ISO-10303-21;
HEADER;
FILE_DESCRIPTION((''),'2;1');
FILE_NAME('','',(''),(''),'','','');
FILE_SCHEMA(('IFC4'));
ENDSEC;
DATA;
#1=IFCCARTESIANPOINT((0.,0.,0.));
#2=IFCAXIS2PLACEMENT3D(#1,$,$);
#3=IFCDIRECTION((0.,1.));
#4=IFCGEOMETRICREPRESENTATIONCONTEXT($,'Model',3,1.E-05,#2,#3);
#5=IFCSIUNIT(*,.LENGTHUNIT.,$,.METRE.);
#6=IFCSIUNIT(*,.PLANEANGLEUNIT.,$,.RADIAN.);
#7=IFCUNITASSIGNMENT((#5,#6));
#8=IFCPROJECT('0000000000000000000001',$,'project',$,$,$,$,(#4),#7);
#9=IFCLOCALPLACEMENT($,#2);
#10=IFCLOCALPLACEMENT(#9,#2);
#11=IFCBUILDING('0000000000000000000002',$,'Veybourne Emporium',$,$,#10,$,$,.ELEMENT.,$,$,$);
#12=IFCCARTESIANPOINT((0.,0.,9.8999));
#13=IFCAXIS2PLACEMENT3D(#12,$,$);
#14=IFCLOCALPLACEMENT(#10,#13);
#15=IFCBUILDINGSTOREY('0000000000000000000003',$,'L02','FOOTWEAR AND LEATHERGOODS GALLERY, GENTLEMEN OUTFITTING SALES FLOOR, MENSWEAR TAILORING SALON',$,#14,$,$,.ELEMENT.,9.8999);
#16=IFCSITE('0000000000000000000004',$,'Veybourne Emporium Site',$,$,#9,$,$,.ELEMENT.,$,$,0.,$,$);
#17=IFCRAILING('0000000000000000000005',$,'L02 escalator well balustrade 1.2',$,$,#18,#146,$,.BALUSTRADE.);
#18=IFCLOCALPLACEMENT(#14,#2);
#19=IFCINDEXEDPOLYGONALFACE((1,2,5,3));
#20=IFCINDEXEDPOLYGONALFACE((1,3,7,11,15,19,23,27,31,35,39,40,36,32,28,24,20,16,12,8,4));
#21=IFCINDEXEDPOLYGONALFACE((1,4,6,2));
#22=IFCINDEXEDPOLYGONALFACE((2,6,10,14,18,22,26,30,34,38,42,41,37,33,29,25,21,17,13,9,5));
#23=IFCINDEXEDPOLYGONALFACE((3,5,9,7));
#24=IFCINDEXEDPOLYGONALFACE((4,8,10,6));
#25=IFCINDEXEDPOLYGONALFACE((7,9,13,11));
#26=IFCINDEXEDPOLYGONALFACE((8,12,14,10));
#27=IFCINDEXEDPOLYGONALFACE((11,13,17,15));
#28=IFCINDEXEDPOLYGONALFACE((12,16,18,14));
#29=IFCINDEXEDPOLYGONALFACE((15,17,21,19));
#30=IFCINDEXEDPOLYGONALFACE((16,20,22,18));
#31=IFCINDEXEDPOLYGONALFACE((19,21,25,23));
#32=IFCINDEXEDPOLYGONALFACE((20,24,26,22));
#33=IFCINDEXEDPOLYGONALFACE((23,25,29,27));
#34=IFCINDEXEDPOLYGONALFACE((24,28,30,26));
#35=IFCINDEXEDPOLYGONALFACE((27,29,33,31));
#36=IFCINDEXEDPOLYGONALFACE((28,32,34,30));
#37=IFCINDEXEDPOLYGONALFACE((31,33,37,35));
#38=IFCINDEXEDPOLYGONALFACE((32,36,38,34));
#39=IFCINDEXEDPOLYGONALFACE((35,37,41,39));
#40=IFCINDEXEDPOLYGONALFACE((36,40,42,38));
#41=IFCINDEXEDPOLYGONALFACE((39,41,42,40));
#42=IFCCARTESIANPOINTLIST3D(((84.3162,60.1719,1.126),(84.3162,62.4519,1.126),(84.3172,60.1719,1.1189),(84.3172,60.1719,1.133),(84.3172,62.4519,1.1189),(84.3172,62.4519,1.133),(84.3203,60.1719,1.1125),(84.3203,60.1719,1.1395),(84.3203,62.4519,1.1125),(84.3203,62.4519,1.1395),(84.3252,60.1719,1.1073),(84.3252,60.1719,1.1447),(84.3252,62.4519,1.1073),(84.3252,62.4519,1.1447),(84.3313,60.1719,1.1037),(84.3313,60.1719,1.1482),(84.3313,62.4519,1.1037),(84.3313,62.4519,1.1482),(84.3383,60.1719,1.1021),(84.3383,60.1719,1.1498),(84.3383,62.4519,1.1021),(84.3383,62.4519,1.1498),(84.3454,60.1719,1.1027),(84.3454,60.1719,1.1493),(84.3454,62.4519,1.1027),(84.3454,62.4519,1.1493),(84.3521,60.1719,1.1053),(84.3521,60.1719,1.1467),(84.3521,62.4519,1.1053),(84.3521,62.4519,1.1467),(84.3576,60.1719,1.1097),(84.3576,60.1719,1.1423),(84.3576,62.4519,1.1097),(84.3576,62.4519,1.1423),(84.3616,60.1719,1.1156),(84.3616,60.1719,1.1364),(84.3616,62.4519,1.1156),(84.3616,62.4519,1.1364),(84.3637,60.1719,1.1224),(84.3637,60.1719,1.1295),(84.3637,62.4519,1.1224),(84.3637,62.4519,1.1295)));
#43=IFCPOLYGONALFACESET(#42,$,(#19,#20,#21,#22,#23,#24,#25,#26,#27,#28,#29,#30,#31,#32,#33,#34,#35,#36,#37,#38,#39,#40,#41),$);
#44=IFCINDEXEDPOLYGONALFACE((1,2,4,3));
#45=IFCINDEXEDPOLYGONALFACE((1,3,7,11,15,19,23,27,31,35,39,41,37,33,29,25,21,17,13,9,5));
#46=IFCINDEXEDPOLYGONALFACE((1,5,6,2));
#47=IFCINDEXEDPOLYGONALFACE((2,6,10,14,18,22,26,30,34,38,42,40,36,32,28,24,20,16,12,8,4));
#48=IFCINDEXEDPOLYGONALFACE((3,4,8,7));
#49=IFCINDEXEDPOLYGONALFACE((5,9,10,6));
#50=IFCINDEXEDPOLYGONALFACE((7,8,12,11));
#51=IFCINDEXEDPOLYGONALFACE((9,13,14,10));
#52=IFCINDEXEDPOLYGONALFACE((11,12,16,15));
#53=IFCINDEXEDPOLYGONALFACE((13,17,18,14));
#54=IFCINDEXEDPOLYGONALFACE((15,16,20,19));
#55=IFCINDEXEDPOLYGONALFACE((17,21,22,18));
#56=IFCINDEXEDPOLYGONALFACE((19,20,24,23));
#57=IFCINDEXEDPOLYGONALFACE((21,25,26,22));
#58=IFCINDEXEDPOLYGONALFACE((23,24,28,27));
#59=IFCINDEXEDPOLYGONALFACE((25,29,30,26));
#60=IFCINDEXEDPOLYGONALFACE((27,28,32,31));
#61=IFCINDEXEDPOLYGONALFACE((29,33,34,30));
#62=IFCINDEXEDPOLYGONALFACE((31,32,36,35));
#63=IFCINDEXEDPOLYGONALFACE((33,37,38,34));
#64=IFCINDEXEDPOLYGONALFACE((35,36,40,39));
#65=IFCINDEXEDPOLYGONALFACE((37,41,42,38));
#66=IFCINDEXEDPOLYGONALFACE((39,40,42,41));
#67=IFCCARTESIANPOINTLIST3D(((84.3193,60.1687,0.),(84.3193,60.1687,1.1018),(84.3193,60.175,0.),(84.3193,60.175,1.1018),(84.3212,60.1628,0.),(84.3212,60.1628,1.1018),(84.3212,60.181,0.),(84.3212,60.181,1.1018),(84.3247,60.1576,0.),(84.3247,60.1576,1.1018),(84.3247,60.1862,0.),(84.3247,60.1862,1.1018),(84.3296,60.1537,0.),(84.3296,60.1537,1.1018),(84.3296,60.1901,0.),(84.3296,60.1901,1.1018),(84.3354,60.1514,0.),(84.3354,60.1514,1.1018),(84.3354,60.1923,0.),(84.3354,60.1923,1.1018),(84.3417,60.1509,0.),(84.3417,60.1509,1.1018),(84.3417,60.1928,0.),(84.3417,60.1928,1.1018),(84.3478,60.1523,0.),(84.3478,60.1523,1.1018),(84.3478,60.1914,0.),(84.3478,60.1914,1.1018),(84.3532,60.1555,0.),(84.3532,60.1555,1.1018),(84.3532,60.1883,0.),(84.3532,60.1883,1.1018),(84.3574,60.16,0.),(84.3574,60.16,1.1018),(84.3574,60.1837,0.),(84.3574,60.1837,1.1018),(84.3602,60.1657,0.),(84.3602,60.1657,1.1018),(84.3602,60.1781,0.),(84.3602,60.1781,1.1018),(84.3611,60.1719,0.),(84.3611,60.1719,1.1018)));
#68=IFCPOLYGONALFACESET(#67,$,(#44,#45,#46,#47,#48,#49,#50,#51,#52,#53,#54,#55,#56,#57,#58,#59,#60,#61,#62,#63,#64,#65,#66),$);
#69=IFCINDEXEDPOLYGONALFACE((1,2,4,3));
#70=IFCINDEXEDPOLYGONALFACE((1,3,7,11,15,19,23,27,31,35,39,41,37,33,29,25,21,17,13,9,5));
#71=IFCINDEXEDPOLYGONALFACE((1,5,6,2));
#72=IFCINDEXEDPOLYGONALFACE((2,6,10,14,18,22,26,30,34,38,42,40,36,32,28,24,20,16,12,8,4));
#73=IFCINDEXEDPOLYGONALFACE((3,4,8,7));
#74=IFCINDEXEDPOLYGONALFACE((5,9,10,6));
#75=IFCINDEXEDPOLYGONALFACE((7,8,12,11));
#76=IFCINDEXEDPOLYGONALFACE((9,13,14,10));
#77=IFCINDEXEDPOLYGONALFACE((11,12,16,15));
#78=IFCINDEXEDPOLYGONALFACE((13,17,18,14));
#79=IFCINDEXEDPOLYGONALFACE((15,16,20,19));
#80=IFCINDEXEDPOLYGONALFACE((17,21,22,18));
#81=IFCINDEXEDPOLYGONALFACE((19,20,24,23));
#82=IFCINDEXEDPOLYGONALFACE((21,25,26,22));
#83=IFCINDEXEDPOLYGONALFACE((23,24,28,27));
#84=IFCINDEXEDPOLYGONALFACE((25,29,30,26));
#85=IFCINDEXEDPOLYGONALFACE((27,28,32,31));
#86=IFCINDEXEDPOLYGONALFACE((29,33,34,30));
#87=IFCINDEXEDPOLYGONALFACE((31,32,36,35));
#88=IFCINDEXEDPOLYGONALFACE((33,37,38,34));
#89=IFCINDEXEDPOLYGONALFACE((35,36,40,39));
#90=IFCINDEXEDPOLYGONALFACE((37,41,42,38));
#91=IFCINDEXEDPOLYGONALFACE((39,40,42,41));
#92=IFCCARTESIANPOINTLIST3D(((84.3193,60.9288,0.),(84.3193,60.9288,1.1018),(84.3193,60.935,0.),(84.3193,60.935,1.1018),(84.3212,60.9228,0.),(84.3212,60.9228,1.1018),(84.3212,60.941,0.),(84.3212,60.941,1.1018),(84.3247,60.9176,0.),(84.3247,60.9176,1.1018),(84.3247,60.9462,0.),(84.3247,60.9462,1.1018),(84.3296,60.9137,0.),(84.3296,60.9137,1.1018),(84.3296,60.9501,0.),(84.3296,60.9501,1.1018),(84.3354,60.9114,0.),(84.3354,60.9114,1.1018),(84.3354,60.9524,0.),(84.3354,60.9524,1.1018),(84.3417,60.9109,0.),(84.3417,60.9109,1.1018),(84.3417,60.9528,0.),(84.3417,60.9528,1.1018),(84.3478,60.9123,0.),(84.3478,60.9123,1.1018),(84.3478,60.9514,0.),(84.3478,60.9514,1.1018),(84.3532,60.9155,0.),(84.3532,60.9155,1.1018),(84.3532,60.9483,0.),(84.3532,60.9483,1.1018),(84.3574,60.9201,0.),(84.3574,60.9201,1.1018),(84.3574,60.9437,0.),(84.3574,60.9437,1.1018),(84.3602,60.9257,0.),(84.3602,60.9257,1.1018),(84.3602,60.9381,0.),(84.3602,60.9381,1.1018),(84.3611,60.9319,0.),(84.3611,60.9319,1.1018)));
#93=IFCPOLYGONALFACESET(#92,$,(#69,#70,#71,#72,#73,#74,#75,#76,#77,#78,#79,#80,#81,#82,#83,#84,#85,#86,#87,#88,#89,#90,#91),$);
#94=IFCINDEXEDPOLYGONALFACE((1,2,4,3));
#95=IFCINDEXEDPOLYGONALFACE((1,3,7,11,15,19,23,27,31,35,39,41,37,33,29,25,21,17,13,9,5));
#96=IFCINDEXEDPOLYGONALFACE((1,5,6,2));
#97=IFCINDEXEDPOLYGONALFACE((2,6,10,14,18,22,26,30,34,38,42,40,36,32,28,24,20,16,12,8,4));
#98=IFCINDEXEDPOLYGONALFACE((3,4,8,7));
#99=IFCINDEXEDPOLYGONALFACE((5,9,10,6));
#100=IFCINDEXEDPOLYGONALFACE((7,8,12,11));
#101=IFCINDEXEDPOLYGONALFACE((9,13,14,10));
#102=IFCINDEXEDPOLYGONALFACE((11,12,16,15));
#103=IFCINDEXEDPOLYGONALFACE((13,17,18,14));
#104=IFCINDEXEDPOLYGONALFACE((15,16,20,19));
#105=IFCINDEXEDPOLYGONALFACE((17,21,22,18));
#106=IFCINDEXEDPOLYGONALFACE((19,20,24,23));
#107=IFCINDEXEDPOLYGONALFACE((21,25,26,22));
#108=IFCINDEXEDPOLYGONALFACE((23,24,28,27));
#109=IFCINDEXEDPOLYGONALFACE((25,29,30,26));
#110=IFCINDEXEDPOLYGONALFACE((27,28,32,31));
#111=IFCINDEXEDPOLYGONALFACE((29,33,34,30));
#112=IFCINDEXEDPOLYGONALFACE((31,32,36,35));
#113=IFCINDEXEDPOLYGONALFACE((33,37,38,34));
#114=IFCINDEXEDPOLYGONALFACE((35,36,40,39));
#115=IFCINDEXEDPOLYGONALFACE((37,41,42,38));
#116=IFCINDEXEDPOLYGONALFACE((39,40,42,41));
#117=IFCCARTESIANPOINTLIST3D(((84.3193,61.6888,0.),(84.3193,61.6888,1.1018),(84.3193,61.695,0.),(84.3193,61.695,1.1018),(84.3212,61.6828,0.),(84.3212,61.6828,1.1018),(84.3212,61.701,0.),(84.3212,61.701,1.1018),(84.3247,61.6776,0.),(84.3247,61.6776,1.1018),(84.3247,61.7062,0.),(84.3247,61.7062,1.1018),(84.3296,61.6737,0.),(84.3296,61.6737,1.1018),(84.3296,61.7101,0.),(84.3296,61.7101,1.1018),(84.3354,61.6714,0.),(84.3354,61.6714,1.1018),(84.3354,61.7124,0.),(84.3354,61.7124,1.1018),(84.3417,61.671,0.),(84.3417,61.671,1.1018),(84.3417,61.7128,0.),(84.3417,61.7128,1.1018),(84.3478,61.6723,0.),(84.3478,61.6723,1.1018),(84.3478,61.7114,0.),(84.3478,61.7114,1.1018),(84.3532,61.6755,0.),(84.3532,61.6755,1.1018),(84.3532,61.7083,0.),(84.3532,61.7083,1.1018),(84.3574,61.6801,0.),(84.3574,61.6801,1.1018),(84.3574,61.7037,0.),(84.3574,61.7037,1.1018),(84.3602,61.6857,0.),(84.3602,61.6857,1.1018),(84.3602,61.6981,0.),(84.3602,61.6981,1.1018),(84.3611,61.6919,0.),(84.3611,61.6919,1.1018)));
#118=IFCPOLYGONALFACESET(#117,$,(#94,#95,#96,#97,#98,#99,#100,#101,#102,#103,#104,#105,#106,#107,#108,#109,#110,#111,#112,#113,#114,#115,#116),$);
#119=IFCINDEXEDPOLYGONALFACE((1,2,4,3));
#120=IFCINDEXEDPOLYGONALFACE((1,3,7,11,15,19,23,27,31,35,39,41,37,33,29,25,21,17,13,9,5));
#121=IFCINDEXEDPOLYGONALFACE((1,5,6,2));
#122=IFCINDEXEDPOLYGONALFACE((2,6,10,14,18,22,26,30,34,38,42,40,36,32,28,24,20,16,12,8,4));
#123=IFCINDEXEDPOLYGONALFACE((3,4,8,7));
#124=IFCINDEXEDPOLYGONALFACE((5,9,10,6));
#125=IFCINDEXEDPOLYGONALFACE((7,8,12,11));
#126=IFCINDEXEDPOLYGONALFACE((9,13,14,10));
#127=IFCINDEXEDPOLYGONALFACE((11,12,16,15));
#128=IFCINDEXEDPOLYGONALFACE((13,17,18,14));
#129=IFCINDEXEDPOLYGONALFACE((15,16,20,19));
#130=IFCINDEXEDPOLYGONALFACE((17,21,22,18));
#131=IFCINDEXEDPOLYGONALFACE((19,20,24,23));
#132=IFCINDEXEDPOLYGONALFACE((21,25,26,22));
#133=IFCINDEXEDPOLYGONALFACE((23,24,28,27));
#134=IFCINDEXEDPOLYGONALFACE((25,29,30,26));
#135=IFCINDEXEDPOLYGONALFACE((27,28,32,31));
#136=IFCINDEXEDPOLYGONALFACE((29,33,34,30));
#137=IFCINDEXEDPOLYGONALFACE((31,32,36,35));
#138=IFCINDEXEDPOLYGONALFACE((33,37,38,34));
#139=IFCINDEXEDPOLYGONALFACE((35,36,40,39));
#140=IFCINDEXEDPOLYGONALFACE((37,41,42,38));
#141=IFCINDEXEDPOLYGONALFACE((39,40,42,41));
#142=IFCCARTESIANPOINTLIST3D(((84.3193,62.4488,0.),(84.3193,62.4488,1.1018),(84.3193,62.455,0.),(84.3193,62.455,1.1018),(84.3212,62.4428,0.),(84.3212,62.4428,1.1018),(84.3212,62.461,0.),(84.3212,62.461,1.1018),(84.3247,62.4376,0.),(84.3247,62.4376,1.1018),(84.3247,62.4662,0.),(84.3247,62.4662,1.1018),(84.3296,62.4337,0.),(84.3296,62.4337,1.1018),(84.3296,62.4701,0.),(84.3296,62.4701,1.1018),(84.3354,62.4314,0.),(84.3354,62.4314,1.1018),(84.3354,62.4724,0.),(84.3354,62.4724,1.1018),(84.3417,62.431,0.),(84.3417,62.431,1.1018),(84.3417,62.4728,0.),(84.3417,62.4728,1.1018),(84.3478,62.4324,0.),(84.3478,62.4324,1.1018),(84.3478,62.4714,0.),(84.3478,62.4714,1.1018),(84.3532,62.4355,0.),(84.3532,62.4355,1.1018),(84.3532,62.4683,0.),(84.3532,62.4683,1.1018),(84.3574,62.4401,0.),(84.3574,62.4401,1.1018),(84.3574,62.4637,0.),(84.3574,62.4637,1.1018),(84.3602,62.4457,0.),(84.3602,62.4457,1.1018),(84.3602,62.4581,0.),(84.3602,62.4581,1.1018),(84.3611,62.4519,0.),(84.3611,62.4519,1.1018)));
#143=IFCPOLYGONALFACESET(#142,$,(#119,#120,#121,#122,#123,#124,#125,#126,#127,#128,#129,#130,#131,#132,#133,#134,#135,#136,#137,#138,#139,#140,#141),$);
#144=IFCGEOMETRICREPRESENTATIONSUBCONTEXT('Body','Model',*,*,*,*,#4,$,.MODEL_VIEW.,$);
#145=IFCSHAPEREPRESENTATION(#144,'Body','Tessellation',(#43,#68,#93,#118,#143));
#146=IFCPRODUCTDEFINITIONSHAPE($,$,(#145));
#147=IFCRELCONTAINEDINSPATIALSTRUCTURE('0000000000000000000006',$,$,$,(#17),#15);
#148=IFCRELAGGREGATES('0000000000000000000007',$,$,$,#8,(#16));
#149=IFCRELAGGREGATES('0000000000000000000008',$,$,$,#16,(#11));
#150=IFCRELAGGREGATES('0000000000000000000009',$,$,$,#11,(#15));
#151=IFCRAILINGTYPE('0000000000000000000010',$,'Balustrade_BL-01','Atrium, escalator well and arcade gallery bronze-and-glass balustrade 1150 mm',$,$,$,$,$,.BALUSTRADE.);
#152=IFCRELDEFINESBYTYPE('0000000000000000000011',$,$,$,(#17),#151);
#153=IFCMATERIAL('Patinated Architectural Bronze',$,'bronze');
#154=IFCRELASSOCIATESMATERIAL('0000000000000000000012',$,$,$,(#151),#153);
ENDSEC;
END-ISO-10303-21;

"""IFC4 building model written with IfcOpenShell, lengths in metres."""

from ifc_helpers import new_model, si_unit, direction, frame, origin, origin_2d, place, context, subcontext, project, spatial, circle, extrude, material, type_object, element, save


model = new_model("IFC4")

# Units and contexts
model_context = context("Model", 3, precision=1e-05, world=origin(), true_north=direction((0.0, 1.0)))
body_context = subcontext(model_context, "Body", "Model", "MODEL_VIEW")
ifc_project = project(units=[si_unit("LENGTHUNIT", "METRE"), si_unit("PLANEANGLEUNIT", "RADIAN")], contexts=[model_context])

# Site, building, storey
site_placement = place(None, origin())
site = spatial("IfcSite", under=ifc_project, at=site_placement, Name="Veybourne Emporium Site", CompositionType="ELEMENT", RefElevation=0.0)
building_placement = place(site_placement, origin())
building = spatial("IfcBuilding", under=site, at=building_placement, Name="Veybourne Emporium", CompositionType="ELEMENT")
storey_placement = place(building_placement, frame((0.0, 0.0, 9.8999)))
storey = spatial("IfcBuildingStorey", under=building, at=storey_placement, Name="L02", Description="FOOTWEAR AND LEATHERGOODS GALLERY, GENTLEMEN OUTFITTING SALES FLOOR, MENSWEAR TAILORING SALON", CompositionType="ELEMENT", Elevation=9.8999)

# Railing
ifc_material_1 = material(Name="Patinated Architectural Bronze", Category="bronze")
railing_type = type_object("IfcRailingType", Name="Balustrade_BL-01", Description="Atrium, escalator well and arcade gallery bronze-and-glass balustrade 1150 mm", PredefinedType="BALUSTRADE", material=ifc_material_1)
railing_1_placement = place(storey_placement, frame((84.3401, 60.1719, 0.0)))
element("IfcRailing", 1, at=railing_1_placement, inside=storey, type_object=railing_type, Name="L02 escalator well balustrade 1.2", PredefinedType="BALUSTRADE", context=body_context, shape_type="SweptSolid", body=[
    extrude(circle(Radius=0.0239, at=origin_2d()), frame((0.0, 0.0, 1.126), z_axis=(0.0, 1.0, 0.0), x_axis=(-1.0, 0.0, 0.0)), (0.0, 0.0, 1.0), 2.28),
    extrude(circle(Radius=0.021, at=origin_2d()), origin(), (0.0, 0.0, 1.0), 1.1018),
    extrude(circle(Radius=0.021, at=origin_2d()), frame((0.0, 0.76, 0.0)), (0.0, 0.0, 1.0), 1.1018),
    extrude(circle(Radius=0.021, at=origin_2d()), frame((0.0, 1.52, 0.0)), (0.0, 0.0, 1.0), 1.1018),
    extrude(circle(Radius=0.021, at=origin_2d()), frame((0.0, 2.28, 0.0)), (0.0, 0.0, 1.0), 1.1018),
])

save(model, "model.ifc")
